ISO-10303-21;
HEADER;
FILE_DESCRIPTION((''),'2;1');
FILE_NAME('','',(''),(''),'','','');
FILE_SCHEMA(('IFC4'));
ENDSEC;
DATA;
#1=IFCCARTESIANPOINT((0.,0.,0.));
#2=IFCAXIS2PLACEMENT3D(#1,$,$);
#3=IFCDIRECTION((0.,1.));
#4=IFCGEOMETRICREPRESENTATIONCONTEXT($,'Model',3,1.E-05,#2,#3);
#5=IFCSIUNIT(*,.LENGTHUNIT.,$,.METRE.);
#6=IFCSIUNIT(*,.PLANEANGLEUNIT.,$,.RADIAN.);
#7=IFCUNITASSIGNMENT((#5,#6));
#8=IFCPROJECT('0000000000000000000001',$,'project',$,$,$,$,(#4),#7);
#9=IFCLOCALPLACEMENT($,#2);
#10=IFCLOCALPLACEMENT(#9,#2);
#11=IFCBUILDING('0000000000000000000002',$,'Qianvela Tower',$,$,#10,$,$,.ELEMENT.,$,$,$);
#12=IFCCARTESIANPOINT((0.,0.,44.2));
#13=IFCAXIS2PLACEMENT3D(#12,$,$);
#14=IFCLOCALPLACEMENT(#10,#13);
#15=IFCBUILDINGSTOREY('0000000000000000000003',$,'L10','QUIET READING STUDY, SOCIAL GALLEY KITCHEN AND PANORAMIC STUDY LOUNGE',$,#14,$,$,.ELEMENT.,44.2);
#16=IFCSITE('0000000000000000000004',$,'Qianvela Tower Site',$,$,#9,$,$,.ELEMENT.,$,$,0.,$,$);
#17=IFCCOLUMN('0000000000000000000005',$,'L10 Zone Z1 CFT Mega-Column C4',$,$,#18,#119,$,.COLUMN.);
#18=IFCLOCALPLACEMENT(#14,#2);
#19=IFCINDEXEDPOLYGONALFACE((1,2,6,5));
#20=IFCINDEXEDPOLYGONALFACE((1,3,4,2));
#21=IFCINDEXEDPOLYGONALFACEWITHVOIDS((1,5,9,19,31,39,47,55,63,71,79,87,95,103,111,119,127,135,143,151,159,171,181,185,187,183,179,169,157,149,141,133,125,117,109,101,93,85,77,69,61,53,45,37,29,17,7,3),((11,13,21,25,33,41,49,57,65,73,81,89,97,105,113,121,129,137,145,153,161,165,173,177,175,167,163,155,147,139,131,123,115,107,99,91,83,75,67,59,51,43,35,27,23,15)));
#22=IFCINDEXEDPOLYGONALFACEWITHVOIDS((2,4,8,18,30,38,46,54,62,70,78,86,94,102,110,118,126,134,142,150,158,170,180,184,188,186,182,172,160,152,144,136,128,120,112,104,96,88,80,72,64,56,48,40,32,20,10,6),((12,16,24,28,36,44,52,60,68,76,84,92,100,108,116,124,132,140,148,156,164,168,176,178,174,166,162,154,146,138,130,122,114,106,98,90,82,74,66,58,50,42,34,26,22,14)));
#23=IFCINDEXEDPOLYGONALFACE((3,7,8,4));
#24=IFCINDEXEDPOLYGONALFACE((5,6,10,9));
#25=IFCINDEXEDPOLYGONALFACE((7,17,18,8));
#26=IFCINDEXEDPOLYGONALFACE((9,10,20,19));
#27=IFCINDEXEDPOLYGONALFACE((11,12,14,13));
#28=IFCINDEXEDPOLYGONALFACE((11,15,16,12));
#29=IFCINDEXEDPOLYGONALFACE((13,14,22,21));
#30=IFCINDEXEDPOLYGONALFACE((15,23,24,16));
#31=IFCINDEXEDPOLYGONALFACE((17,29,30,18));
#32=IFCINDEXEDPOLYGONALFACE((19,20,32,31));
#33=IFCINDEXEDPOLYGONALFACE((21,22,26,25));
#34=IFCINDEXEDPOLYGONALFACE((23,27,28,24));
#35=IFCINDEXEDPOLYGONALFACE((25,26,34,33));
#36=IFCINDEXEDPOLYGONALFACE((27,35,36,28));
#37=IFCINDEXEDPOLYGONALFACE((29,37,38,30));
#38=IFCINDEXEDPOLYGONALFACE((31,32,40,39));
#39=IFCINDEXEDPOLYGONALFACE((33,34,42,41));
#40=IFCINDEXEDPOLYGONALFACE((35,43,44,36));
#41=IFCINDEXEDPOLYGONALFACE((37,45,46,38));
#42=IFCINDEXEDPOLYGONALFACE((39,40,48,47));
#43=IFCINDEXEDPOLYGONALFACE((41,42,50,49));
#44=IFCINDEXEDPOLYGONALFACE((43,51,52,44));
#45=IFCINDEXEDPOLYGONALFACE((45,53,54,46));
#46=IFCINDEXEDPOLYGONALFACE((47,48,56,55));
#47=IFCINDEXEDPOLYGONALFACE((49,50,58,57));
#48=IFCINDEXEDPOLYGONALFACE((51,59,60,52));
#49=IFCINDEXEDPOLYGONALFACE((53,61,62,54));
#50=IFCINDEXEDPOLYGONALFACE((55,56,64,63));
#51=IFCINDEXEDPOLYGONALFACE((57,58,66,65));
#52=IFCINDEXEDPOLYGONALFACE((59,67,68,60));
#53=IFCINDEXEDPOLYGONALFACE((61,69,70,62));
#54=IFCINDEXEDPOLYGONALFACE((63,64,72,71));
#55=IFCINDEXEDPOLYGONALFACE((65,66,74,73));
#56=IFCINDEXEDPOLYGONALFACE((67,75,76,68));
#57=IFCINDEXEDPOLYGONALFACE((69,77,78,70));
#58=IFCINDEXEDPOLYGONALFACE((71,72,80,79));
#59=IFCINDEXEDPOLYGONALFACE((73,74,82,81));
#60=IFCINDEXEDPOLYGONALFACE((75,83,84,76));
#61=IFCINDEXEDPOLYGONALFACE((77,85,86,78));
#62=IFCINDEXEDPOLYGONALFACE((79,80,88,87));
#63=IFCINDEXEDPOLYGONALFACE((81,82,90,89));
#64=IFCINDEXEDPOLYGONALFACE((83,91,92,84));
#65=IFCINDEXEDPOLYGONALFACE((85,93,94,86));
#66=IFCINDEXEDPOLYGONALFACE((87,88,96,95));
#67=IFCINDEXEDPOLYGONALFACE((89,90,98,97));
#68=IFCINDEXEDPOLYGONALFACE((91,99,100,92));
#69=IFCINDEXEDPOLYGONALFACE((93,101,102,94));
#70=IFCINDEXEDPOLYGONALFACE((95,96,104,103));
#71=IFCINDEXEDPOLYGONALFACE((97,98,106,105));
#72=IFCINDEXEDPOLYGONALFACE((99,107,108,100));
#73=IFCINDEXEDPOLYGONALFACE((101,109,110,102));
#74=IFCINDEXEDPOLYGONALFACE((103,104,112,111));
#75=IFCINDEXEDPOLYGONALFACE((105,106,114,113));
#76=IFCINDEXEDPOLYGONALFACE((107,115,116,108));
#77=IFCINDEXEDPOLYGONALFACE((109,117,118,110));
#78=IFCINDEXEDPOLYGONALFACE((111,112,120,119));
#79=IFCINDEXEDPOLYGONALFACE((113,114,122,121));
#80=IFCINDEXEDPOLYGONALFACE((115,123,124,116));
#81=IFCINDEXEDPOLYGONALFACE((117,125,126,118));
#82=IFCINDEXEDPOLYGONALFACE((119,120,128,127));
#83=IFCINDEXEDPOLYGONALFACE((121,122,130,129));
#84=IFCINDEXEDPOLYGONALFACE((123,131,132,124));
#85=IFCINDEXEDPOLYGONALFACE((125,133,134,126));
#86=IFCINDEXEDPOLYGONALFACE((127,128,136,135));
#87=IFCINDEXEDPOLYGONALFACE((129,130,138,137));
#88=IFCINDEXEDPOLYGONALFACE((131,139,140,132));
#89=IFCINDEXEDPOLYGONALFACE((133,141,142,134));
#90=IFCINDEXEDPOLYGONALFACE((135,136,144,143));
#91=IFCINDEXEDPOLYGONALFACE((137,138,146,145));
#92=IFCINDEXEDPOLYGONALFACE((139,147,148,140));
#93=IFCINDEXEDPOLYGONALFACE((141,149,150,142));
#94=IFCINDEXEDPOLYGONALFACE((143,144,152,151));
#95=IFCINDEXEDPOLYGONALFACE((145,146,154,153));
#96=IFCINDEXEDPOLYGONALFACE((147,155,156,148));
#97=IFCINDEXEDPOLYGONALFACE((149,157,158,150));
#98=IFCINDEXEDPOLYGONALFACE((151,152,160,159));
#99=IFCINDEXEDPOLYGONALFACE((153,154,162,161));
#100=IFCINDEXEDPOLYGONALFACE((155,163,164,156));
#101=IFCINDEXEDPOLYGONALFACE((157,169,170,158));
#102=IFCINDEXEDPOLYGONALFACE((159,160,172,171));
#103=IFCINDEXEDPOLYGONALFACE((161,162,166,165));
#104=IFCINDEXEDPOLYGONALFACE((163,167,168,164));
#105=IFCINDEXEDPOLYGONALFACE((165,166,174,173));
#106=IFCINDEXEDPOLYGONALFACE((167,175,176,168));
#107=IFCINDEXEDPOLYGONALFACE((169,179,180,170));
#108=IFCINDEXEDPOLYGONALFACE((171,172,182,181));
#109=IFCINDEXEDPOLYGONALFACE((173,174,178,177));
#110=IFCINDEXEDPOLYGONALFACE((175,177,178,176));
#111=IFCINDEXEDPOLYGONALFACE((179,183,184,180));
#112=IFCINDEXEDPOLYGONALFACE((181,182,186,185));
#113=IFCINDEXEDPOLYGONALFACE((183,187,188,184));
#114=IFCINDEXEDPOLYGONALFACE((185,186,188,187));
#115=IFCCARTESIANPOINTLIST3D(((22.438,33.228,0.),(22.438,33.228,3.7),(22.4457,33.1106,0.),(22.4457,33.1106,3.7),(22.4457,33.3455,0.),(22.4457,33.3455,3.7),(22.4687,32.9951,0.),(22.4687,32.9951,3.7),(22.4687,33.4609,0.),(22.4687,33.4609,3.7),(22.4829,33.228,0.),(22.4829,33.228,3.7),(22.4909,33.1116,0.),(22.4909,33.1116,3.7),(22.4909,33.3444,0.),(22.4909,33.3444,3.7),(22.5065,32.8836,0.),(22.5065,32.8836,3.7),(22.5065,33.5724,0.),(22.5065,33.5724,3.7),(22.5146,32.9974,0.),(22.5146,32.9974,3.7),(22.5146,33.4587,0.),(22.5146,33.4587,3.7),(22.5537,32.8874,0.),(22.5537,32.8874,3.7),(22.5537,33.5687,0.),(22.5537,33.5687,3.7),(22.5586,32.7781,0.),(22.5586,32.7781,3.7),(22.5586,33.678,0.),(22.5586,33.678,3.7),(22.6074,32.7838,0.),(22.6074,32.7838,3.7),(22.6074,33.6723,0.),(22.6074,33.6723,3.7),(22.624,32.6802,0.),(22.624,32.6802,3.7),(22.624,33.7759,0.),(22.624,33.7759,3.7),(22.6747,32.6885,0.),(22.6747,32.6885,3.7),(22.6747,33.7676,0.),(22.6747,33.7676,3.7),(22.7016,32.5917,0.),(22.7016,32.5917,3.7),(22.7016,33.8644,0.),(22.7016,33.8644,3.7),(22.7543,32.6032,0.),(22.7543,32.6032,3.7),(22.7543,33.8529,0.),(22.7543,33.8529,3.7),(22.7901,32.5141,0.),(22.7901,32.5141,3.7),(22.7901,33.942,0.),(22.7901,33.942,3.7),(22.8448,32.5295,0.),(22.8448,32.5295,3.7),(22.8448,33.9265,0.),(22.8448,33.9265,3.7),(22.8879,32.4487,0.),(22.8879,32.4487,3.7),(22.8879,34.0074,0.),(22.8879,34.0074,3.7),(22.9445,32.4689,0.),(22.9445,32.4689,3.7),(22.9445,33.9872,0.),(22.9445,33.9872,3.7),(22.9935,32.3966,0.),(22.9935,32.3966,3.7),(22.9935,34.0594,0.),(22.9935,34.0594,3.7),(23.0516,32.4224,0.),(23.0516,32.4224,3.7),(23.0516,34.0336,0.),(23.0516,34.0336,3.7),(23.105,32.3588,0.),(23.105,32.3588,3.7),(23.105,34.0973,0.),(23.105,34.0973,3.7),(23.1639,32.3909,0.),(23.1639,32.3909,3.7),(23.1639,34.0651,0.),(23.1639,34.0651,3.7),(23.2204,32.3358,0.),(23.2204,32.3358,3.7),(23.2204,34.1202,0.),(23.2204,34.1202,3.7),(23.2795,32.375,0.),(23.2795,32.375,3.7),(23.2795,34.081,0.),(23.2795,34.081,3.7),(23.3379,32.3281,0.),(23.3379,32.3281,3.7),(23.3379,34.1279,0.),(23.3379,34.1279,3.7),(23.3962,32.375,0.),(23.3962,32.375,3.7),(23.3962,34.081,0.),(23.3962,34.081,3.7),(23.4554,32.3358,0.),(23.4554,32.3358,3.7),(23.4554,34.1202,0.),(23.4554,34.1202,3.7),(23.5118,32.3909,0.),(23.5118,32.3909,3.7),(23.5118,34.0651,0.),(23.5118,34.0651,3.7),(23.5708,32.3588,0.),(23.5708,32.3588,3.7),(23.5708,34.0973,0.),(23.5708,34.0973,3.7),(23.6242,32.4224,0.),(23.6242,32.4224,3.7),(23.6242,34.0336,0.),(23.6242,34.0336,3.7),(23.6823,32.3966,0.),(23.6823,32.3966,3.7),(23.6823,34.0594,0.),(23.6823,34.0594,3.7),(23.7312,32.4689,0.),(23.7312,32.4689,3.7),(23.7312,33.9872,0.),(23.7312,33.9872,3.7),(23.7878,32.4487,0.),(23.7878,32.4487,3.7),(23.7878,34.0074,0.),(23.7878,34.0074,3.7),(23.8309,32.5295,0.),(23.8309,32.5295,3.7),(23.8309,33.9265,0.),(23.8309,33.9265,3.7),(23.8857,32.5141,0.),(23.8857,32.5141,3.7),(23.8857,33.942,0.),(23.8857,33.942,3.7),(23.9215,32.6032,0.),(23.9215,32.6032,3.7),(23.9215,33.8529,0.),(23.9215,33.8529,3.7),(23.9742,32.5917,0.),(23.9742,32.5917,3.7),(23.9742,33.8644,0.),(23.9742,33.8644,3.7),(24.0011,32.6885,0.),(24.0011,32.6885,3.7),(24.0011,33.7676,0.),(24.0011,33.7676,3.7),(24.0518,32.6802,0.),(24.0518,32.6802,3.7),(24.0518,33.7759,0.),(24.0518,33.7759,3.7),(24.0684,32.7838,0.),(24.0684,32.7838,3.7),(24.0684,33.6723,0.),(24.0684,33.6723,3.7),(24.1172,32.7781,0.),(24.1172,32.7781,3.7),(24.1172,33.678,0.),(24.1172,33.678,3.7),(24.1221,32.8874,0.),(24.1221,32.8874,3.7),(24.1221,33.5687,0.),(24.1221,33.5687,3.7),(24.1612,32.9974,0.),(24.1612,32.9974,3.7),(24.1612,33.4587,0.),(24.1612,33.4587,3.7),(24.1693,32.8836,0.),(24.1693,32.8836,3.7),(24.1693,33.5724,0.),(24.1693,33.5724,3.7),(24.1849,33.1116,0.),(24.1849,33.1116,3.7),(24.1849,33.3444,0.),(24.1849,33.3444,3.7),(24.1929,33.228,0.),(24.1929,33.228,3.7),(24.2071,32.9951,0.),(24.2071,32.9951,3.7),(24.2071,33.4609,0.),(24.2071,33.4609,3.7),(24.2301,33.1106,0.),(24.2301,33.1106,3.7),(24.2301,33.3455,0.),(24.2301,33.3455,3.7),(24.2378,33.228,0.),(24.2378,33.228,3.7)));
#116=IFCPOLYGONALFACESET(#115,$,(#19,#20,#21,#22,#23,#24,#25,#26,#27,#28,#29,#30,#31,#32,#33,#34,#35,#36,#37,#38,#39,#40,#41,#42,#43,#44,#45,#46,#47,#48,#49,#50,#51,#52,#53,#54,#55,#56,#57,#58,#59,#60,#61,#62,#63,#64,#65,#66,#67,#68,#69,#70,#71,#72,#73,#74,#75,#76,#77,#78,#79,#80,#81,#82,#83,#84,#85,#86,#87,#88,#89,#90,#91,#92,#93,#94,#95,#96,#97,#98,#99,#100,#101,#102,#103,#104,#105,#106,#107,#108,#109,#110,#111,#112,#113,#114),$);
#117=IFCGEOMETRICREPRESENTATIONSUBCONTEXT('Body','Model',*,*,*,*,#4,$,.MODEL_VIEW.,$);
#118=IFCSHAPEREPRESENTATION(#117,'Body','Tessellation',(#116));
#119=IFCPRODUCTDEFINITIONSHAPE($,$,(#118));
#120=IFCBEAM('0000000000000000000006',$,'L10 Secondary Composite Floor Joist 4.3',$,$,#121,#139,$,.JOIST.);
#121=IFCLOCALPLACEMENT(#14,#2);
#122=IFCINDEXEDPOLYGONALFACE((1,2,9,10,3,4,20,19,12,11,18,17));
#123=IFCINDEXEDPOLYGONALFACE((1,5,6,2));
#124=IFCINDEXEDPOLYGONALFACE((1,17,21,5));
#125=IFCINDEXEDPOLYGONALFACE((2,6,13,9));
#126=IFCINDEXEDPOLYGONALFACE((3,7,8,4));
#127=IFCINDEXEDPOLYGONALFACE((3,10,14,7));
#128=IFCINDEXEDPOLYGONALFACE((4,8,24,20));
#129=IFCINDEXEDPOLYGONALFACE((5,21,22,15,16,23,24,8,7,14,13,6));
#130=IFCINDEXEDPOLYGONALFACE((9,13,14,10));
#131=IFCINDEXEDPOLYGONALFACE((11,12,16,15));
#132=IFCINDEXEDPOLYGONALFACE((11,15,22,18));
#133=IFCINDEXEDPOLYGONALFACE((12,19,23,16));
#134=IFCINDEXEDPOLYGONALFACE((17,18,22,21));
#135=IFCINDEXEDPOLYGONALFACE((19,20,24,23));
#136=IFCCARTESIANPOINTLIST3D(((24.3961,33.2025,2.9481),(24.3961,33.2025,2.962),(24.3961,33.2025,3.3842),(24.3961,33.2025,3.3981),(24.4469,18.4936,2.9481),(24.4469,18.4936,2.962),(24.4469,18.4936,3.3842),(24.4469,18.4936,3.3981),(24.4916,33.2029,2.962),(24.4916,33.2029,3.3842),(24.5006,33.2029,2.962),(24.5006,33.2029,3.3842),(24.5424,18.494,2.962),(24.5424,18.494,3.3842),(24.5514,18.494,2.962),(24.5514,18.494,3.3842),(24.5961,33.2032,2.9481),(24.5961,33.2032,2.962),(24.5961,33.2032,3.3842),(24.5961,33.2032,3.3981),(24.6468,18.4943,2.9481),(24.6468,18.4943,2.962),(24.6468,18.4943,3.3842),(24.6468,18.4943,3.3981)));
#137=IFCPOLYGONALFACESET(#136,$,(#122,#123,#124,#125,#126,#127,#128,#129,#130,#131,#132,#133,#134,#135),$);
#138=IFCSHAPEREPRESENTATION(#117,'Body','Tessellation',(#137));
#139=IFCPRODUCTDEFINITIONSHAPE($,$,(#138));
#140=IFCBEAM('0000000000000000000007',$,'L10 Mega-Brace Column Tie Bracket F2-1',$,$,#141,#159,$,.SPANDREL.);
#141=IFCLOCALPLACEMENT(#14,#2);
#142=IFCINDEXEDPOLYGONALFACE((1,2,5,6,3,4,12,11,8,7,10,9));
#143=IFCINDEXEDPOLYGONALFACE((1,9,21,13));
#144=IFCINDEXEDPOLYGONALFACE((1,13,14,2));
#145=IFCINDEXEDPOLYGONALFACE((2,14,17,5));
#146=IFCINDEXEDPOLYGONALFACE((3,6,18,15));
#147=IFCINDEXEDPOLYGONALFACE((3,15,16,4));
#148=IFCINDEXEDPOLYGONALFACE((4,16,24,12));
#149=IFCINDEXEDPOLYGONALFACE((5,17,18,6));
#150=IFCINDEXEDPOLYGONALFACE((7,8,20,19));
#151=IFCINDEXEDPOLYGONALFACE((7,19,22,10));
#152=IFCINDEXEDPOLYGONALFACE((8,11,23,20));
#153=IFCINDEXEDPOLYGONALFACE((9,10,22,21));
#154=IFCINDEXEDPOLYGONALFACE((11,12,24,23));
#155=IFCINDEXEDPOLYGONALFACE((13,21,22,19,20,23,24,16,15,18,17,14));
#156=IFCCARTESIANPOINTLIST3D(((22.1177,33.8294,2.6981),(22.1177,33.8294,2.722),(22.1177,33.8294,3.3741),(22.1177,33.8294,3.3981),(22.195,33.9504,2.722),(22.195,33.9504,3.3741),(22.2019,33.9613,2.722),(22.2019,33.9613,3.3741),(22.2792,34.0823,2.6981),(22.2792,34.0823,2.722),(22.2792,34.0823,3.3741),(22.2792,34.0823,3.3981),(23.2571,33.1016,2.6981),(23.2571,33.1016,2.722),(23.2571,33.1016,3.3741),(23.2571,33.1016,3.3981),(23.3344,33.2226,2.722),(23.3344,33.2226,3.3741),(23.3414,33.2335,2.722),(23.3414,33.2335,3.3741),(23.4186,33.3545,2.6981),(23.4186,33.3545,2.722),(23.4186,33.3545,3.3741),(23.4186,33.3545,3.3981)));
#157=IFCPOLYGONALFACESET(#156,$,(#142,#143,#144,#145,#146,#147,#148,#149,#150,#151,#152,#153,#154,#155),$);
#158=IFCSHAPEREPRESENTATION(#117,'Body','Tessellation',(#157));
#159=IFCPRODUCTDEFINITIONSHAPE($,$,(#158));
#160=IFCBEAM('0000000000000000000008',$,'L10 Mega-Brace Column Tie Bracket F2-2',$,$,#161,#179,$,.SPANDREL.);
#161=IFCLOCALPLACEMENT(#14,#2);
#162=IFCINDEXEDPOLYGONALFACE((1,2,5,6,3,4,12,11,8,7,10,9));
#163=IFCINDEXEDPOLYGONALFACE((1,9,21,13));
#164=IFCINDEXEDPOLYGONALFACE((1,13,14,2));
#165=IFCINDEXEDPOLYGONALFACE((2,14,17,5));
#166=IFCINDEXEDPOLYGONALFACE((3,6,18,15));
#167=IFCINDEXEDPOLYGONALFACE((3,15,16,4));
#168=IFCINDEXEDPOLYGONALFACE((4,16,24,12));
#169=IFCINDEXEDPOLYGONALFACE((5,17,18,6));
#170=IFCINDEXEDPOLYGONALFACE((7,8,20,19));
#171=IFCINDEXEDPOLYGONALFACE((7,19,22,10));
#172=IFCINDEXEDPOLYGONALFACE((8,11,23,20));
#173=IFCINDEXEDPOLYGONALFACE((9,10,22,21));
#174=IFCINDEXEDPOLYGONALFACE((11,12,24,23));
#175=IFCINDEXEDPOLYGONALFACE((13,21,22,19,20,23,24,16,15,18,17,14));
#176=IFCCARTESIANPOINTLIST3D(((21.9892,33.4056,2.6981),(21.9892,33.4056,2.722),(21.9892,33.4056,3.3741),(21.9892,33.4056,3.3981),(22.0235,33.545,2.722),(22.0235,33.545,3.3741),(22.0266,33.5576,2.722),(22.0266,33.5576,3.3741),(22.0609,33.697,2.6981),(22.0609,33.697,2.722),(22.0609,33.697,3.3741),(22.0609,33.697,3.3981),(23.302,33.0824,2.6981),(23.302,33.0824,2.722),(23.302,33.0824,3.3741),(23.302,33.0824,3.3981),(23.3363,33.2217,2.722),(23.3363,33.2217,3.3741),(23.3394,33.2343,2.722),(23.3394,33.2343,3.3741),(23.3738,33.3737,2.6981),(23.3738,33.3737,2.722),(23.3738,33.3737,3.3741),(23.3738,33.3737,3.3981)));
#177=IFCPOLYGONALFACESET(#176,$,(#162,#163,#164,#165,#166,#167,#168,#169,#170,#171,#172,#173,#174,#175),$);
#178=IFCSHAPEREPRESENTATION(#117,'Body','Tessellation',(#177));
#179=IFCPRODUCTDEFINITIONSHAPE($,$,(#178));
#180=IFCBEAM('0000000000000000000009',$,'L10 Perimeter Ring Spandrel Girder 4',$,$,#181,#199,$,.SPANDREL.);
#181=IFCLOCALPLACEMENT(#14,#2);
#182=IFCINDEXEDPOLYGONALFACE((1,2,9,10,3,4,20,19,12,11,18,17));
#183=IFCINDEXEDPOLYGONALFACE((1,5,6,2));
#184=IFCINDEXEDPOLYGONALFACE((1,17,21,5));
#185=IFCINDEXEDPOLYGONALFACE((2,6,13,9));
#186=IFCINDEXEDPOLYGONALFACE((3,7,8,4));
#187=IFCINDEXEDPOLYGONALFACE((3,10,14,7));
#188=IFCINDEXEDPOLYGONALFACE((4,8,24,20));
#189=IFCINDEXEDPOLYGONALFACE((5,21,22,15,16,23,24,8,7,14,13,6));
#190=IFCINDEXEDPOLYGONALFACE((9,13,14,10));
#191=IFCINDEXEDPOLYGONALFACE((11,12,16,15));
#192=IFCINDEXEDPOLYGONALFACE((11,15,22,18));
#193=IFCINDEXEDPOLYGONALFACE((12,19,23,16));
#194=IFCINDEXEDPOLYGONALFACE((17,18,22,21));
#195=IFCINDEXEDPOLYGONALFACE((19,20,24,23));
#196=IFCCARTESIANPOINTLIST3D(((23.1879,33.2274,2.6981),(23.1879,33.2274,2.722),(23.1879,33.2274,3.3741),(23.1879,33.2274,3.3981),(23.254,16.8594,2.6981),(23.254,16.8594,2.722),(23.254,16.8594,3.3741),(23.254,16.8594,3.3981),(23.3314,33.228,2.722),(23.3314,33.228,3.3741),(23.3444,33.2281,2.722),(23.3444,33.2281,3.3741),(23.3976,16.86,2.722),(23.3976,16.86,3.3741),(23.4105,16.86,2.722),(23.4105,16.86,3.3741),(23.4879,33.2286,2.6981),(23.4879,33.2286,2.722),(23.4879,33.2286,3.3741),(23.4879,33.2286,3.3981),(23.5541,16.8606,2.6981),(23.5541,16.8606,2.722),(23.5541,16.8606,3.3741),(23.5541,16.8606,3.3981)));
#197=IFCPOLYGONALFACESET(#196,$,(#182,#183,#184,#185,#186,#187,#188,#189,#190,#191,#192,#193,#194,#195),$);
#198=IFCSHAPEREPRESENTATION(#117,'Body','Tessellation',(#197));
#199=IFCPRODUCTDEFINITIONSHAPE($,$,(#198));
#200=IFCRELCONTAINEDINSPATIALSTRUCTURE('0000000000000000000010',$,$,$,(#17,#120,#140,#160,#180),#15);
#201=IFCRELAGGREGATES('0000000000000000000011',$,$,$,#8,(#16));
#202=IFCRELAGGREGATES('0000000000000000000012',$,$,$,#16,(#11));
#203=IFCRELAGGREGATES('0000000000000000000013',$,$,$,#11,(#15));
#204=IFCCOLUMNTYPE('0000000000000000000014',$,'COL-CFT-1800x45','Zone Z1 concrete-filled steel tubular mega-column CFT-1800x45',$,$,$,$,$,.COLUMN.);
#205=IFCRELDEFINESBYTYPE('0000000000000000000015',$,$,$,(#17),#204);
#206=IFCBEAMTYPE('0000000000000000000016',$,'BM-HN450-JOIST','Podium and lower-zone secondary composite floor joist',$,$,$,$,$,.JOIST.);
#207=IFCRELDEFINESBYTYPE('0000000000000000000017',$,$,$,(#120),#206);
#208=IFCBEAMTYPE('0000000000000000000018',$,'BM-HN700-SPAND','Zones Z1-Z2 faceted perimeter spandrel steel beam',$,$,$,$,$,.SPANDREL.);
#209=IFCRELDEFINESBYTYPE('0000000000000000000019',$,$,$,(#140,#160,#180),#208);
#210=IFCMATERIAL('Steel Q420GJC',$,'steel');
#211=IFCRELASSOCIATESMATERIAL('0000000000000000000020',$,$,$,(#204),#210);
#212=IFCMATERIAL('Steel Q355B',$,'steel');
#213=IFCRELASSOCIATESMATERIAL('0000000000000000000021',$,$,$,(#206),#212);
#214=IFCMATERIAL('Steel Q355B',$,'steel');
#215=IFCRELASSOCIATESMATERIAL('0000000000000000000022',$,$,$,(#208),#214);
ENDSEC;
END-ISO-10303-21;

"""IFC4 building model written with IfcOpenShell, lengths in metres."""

from ifc_helpers import new_model, si_unit, direction, frame, origin, origin_2d, place, context, subcontext, project, spatial, hollow_circle, i_section, extrude, material, material_profile, profile_set, type_object, element, save


model = new_model("IFC4")

# Units and contexts
model_context = context("Model", 3, precision=1e-05, world=origin(), true_north=direction((0.0, 1.0)))
body_context = subcontext(model_context, "Body", "Model", "MODEL_VIEW")
ifc_project = project(units=[si_unit("LENGTHUNIT", "METRE"), si_unit("PLANEANGLEUNIT", "RADIAN")], contexts=[model_context])

# Site, building, storey
site_placement = place(None, origin())
site = spatial("IfcSite", under=ifc_project, at=site_placement, Name="Qianvela Tower Site", CompositionType="ELEMENT", RefElevation=0.0)
building_placement = place(site_placement, origin())
building = spatial("IfcBuilding", under=site, at=building_placement, Name="Qianvela Tower", CompositionType="ELEMENT")
storey_placement = place(building_placement, frame((0.0, 0.0, 44.2)))
storey = spatial("IfcBuildingStorey", under=building, at=storey_placement, Name="L10", Description="QUIET READING STUDY, SOCIAL GALLEY KITCHEN AND PANORAMIC STUDY LOUNGE", CompositionType="ELEMENT", Elevation=44.2)

# Column
ifc_material_1 = material(Name="Steel Q420GJC", Category="steel")
ifc_material_profile_1 = material_profile(ifc_material_1, hollow_circle(Radius=0.8999, WallThickness=0.0449, at=origin_2d()), Name="CFT-1800x45")
ifc_profile_set_1 = profile_set([ifc_material_profile_1], Name="Steel Q420GJC")
column_type = type_object("IfcColumnType", Name="COL-CFT-1800x45", Description="Zone Z1 concrete-filled steel tubular mega-column CFT-1800x45", PredefinedType="COLUMN", material=ifc_profile_set_1)
column_placement = place(storey_placement, frame((23.3379, 33.228, 0.0), z_axis=(0.0, 0.0, 1.0), x_axis=(1.0, 0.0, 0.0)))
element("IfcColumn", 1, at=column_placement, inside=storey, type_object=column_type, Name="L10 Zone Z1 CFT Mega-Column C4", PredefinedType="COLUMN", context=body_context, shape_type="SweptSolid", body=[
    extrude(hollow_circle(Radius=0.8999, WallThickness=0.0449, at=origin_2d()), origin(), (0.0, 0.0, 1.0), 3.7),
])

# Beams
ifc_material_2 = material(Name="Steel Q355B", Category="steel")
ifc_material_profile_2 = material_profile(ifc_material_2, i_section(OverallWidth=0.2, OverallDepth=0.45, WebThickness=0.009, FlangeThickness=0.0139, at=origin_2d()), Name="HN450x200x9x14")
ifc_profile_set_2 = profile_set([ifc_material_profile_2], Name="Steel Q355B")
beam_type_1 = type_object("IfcBeamType", Name="BM-HN450-JOIST", Description="Podium and lower-zone secondary composite floor joist", PredefinedType="JOIST", material=ifc_profile_set_2)
beam_1_placement = place(storey_placement, frame((24.4961, 33.2029, 3.1731), z_axis=(0.003452, -0.999994, 0.0), x_axis=(0.999994, 0.003452, 0.0)))
element("IfcBeam", 2, at=beam_1_placement, inside=storey, type_object=beam_type_1, Name="L10 Secondary Composite Floor Joist 4.3", PredefinedType="JOIST", context=body_context, shape_type="SweptSolid", body=[
    extrude(i_section(OverallWidth=0.2, OverallDepth=0.45, WebThickness=0.009, FlangeThickness=0.0139, at=origin_2d()), origin(), (0.0, 0.0, 1.0), 14.709),
])
ifc_material_3 = material(Name="Steel Q355B", Category="steel")
ifc_material_profile_3 = material_profile(ifc_material_3, i_section(OverallWidth=0.3, OverallDepth=0.7, WebThickness=0.0129, FlangeThickness=0.0239, at=origin_2d()), Name="HN700x300x13x24")
ifc_profile_set_3 = profile_set([ifc_material_profile_3], Name="Steel Q355B")
beam_type_2 = type_object("IfcBeamType", Name="BM-HN700-SPAND", Description="Zones Z1-Z2 faceted perimeter spandrel steel beam", PredefinedType="SPANDREL", material=ifc_profile_set_3)
for number, where, z_axis, x_axis, name in (
    (3, (23.3379, 33.228, 3.0481), (-0.842753, 0.5383, 0.0), (-0.5383, -0.842753, 0.0), "L10 Mega-Brace Column Tie Bracket F2-1"),
    (4, (23.3379, 33.228, 3.0481), (-0.970997, 0.239092, 0.0), (-0.239092, -0.970997, 0.0), "L10 Mega-Brace Column Tie Bracket F2-2"),
):
    element("IfcBeam", number, at=place(storey_placement, frame(where, z_axis=z_axis, x_axis=x_axis)), inside=storey, type_object=beam_type_2, Name=name, PredefinedType="SPANDREL", context=body_context, shape_type="SweptSolid", body=[
        extrude(i_section(OverallWidth=0.3, OverallDepth=0.7, WebThickness=0.0129, FlangeThickness=0.0239, at=origin_2d()), origin(), (0.0, 0.0, 1.0), 1.3521),
    ])
beam_2_placement = place(storey_placement, frame((23.3379, 33.228, 3.0481), z_axis=(0.004042, -0.999992, 0.0), x_axis=(0.999992, 0.004042, 0.0)))
element("IfcBeam", 5, at=beam_2_placement, inside=storey, type_object=beam_type_2, Name="L10 Perimeter Ring Spandrel Girder 4", PredefinedType="SPANDREL", context=body_context, shape_type="SweptSolid", body=[
    extrude(i_section(OverallWidth=0.3, OverallDepth=0.7, WebThickness=0.0129, FlangeThickness=0.0239, at=origin_2d()), origin(), (0.0, 0.0, 1.0), 16.3682),
])

save(model, "model.ifc")
